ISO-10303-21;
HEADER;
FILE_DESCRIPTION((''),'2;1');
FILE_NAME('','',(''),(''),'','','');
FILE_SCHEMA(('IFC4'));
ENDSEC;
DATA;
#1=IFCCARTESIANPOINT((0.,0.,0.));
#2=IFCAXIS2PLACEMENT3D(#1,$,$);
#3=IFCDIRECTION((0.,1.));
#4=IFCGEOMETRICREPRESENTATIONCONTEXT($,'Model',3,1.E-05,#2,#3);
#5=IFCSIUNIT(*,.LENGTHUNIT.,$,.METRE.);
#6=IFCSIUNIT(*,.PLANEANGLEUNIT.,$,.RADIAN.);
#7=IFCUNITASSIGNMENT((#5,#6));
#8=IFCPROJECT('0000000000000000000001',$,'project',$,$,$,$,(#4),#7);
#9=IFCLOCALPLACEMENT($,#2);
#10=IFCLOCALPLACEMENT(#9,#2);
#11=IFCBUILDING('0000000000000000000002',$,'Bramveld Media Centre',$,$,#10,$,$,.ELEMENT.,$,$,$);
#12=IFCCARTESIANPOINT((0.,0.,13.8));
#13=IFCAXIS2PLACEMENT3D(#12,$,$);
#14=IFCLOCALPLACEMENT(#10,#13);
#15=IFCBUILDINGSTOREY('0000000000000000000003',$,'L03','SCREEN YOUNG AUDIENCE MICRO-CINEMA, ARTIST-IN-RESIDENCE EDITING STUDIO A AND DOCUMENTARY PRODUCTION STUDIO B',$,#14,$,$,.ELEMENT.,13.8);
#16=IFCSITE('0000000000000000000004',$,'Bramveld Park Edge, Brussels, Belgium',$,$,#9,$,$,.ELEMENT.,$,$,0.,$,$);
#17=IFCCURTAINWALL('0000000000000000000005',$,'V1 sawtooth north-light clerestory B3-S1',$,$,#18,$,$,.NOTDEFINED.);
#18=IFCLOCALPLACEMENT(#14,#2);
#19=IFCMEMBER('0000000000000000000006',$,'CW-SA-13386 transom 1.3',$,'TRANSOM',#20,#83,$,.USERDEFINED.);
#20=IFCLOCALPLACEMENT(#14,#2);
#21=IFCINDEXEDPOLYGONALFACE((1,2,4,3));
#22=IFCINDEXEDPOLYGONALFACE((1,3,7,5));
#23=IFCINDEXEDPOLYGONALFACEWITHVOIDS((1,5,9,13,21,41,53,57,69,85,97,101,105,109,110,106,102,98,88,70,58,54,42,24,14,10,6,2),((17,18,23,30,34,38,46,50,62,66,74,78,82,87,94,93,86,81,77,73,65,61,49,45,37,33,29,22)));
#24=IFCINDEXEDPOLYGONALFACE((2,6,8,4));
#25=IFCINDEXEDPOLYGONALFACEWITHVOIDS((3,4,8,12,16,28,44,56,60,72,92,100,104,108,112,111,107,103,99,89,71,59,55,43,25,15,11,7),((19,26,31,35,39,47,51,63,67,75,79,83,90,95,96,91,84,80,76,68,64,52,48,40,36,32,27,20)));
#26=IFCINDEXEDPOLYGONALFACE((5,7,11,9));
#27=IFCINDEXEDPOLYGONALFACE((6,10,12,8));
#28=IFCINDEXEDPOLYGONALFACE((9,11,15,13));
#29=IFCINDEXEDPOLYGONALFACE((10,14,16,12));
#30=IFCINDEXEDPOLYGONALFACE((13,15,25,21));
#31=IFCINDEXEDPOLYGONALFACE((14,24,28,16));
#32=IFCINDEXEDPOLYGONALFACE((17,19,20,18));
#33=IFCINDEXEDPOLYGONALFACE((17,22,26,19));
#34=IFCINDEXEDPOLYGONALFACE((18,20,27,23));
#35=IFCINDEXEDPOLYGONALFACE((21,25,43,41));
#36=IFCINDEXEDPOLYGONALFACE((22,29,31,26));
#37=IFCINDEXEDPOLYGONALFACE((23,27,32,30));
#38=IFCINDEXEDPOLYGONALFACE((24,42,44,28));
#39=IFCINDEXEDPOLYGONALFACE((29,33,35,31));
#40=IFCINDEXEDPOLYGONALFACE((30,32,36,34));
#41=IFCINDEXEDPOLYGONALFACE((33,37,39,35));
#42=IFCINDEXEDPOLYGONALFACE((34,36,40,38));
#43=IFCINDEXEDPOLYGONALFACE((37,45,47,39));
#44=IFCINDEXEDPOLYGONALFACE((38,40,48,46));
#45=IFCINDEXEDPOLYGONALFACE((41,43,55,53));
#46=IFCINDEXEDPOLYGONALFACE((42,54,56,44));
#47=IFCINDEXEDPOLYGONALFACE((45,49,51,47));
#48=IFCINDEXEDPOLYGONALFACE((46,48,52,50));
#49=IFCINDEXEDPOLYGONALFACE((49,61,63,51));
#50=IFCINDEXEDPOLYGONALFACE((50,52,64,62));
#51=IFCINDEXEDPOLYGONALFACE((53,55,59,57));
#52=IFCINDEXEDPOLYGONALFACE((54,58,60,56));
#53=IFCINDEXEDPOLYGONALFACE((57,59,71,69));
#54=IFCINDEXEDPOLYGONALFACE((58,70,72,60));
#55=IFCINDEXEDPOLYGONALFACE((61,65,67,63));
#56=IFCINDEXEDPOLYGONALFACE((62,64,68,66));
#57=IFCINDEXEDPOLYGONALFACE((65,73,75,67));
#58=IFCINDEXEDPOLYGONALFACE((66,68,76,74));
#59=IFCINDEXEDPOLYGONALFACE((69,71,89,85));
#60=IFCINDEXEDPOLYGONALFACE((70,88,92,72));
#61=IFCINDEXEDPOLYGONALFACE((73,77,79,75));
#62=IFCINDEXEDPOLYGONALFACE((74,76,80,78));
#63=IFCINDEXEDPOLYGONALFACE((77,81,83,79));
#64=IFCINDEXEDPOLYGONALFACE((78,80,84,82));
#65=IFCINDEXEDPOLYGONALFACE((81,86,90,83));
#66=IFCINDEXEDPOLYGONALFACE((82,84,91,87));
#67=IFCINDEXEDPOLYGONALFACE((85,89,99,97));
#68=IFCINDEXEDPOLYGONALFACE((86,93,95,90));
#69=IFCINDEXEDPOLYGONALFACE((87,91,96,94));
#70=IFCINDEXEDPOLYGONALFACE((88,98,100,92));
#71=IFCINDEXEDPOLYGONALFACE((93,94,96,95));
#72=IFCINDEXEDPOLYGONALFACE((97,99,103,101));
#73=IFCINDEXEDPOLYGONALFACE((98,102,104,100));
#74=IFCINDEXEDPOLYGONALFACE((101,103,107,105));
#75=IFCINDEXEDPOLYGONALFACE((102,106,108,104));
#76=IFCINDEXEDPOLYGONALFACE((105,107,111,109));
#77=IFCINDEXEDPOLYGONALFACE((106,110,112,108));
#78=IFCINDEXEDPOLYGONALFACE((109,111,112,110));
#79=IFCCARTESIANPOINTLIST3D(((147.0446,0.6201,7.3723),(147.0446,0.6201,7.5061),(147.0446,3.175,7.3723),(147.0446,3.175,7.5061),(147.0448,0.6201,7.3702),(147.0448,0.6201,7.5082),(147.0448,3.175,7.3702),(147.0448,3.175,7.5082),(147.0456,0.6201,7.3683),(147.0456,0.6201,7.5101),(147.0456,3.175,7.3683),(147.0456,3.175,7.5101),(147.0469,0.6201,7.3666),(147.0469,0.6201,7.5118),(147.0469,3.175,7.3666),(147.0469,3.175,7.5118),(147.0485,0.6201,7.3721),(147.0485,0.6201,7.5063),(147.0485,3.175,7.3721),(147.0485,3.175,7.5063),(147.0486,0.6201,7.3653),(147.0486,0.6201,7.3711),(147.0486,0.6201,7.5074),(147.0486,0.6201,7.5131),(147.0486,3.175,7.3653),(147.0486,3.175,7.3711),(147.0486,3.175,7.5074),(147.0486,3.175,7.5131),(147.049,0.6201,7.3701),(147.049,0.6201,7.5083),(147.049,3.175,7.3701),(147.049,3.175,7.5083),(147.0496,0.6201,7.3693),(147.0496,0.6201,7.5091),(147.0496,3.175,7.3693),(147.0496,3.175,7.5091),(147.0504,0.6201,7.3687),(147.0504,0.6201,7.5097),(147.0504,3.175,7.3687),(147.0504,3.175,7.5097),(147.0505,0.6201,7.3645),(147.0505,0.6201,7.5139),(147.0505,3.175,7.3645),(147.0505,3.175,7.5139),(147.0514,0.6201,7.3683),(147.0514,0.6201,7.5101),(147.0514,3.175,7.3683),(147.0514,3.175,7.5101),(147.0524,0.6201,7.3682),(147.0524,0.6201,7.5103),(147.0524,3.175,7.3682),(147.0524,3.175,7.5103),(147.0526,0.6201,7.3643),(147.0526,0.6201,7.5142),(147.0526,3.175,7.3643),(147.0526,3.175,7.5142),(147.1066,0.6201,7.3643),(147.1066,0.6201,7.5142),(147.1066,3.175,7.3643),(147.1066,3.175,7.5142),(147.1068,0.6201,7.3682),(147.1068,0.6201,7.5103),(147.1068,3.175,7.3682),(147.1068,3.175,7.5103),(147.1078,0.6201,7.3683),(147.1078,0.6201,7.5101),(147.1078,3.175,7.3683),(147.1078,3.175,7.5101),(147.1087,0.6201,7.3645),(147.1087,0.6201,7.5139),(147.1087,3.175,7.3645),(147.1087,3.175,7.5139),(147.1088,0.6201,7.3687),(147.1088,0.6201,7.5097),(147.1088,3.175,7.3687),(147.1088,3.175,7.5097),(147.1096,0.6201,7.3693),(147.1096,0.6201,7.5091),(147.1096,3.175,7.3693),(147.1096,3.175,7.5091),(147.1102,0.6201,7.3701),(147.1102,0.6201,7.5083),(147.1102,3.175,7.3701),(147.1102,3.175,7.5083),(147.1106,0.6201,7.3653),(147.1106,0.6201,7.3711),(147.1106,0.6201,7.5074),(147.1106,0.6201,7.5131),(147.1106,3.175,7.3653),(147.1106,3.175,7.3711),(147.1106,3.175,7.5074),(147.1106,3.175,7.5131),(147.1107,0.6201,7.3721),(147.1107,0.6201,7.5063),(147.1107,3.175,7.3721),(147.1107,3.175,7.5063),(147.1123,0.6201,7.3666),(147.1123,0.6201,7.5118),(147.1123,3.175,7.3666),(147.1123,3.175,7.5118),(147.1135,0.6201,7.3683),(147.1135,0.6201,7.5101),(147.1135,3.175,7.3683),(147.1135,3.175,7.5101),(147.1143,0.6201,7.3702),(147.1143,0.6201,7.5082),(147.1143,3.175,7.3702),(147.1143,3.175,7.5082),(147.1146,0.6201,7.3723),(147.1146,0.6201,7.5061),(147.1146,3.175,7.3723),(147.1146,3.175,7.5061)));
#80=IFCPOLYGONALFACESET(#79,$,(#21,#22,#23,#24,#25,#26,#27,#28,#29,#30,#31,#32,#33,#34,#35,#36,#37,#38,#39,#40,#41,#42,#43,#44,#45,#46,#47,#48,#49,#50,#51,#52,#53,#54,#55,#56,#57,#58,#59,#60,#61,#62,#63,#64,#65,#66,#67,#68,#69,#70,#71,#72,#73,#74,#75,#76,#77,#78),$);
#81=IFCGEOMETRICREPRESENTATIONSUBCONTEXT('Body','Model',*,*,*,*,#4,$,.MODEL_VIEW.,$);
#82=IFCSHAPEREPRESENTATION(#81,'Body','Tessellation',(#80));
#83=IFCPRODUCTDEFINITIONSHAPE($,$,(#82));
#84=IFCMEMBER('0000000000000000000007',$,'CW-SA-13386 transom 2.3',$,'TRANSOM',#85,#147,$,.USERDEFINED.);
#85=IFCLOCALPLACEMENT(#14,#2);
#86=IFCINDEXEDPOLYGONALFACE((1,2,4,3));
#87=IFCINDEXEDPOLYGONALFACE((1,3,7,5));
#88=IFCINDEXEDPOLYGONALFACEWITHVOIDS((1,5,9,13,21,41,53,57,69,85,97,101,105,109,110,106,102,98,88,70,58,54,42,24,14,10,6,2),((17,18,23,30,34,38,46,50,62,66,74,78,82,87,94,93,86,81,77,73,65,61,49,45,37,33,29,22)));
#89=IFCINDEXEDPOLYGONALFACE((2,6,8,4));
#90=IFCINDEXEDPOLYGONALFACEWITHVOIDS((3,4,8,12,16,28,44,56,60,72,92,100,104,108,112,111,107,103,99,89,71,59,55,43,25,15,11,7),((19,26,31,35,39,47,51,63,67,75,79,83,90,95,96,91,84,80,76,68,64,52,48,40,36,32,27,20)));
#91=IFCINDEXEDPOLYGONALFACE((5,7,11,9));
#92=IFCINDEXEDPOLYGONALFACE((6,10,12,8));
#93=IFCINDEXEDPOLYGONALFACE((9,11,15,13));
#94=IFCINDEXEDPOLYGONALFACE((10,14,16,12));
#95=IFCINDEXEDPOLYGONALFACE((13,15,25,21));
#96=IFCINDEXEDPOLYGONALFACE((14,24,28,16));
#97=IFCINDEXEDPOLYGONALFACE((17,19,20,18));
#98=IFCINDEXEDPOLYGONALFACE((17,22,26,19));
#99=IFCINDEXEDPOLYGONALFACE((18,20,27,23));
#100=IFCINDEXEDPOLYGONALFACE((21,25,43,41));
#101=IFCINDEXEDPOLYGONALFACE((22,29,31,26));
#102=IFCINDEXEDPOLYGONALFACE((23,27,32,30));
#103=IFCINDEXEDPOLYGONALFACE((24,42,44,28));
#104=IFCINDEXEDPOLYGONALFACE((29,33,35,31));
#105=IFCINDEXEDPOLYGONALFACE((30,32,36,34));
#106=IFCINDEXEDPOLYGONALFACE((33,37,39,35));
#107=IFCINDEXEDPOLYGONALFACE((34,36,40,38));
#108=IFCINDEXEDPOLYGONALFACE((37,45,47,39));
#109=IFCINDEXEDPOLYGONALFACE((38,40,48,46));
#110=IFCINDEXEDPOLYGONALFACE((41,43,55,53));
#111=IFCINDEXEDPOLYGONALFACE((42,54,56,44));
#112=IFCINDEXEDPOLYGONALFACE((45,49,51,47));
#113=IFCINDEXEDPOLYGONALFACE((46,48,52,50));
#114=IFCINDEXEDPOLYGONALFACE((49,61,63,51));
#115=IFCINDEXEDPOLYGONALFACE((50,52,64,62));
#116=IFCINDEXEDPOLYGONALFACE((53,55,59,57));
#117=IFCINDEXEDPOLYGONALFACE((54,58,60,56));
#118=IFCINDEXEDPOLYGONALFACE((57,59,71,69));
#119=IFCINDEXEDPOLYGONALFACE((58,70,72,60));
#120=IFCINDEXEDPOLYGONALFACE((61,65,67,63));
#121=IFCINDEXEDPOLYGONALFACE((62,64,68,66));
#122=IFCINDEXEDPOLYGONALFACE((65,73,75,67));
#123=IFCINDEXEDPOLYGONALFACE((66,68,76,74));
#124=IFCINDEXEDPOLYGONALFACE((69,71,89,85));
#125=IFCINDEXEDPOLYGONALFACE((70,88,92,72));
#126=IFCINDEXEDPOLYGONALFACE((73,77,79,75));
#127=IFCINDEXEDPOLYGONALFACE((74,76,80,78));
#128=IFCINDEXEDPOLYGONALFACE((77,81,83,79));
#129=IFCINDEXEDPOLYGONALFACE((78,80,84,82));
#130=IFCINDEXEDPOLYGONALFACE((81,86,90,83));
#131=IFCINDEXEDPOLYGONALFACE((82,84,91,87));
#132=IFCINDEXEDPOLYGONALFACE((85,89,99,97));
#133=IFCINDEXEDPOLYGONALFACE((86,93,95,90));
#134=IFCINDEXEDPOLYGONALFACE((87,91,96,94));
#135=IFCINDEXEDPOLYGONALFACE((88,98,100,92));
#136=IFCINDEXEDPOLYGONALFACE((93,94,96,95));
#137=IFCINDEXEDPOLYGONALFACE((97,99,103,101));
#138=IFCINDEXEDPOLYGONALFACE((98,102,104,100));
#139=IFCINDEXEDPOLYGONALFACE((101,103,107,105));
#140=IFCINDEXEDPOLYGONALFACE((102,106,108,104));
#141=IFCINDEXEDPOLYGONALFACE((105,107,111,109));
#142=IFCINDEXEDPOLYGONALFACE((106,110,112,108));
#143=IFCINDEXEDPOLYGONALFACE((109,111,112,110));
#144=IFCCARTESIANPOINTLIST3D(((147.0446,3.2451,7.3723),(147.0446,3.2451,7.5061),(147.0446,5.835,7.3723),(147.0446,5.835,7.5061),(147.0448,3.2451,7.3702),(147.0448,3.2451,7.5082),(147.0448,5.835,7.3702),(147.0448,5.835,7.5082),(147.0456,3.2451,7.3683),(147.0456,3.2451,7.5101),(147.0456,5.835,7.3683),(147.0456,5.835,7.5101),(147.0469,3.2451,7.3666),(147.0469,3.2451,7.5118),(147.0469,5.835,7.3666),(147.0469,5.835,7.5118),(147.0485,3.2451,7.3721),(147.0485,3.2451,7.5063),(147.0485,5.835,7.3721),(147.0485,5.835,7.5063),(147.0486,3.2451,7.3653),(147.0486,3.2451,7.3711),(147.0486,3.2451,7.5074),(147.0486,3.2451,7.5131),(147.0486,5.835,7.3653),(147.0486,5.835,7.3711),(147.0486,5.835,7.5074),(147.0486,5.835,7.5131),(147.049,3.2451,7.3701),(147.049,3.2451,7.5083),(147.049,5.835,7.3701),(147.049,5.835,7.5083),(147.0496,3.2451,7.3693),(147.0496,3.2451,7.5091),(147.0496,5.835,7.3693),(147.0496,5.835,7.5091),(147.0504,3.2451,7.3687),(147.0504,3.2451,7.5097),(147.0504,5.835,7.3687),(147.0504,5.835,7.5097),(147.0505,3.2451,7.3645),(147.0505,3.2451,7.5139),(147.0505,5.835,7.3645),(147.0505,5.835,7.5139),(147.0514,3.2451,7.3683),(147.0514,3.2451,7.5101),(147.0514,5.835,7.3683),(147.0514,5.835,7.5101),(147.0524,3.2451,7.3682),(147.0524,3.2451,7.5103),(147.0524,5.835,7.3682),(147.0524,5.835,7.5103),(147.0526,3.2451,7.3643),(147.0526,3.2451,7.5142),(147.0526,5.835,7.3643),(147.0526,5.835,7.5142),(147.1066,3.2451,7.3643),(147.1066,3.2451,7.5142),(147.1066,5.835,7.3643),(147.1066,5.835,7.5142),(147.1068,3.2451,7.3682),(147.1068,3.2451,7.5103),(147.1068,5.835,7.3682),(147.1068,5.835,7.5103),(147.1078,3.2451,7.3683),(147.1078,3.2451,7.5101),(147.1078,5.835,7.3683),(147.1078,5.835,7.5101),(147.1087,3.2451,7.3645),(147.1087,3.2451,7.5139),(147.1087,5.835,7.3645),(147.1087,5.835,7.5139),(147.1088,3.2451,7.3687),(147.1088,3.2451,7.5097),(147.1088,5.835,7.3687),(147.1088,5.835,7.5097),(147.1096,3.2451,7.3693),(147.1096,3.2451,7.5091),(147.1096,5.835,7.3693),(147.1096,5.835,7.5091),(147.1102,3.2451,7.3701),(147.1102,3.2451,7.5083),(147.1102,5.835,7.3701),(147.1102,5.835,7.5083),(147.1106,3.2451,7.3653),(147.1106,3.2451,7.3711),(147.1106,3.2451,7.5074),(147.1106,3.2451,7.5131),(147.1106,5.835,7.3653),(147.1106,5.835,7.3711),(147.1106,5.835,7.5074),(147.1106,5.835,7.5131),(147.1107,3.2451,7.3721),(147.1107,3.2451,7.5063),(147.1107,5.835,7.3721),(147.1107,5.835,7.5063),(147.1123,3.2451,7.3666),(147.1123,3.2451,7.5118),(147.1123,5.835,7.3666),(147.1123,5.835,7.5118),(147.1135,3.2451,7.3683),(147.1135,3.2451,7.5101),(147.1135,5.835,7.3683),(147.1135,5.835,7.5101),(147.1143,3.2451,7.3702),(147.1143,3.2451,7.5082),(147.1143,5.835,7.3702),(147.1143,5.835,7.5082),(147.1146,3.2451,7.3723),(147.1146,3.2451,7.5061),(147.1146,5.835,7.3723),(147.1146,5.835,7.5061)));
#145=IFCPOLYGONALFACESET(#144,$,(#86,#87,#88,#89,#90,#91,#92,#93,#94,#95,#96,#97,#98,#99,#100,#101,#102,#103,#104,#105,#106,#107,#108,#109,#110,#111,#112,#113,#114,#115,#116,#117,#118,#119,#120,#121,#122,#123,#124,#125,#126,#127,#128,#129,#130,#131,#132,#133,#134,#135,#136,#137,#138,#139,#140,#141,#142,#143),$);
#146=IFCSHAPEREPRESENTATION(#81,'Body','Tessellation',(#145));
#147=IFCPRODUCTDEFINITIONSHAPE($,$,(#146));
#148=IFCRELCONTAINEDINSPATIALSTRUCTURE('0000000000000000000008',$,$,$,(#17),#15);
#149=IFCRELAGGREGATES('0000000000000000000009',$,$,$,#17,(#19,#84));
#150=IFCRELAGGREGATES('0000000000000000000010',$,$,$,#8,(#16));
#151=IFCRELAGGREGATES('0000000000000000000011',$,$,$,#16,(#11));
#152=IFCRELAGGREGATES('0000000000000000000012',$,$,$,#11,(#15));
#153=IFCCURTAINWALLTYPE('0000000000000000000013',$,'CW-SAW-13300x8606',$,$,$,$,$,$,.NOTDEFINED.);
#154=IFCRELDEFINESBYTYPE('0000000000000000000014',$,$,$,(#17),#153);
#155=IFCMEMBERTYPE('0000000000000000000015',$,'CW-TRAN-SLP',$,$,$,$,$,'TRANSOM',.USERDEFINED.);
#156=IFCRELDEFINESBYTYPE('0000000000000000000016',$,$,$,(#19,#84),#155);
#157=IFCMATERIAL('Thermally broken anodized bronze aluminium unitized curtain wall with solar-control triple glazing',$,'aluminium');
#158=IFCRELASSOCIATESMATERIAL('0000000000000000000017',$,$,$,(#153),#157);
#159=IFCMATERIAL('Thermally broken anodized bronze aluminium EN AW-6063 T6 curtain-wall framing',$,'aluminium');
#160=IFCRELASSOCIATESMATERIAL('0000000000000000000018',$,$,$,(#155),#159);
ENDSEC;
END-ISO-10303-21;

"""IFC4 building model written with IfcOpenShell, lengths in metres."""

from ifc_helpers import new_model, si_unit, direction, frame, origin, origin_2d, place, context, subcontext, project, spatial, hollow_rectangle, extrude, material, material_profile, profile_set, type_object, element, aggregate, save


model = new_model("IFC4")

# Units and contexts
model_context = context("Model", 3, precision=1e-05, world=origin(), true_north=direction((0.0, 1.0)))
body_context = subcontext(model_context, "Body", "Model", "MODEL_VIEW")
ifc_project = project(units=[si_unit("LENGTHUNIT", "METRE"), si_unit("PLANEANGLEUNIT", "RADIAN")], contexts=[model_context])

# Site, building, storey
site_placement = place(None, origin())
site = spatial("IfcSite", under=ifc_project, at=site_placement, Name="Bramveld Park Edge, Brussels, Belgium", CompositionType="ELEMENT", RefElevation=0.0)
building_placement = place(site_placement, origin())
building = spatial("IfcBuilding", under=site, at=building_placement, Name="Bramveld Media Centre", CompositionType="ELEMENT")
storey_placement = place(building_placement, frame((0.0, 0.0, 13.8)))
storey = spatial("IfcBuildingStorey", under=building, at=storey_placement, Name="L03", Description="SCREEN YOUNG AUDIENCE MICRO-CINEMA, ARTIST-IN-RESIDENCE EDITING STUDIO A AND DOCUMENTARY PRODUCTION STUDIO B", CompositionType="ELEMENT", Elevation=13.8)

# Curtain wall, members
ifc_material_1 = material(Name="Thermally broken anodized bronze aluminium unitized curtain wall with solar-control triple glazing", Category="aluminium")
curtain_wall_type = type_object("IfcCurtainWallType", Name="CW-SAW-13300x8606", PredefinedType="NOTDEFINED", material=ifc_material_1)
ifc_material_2 = material(Name="Thermally broken anodized bronze aluminium EN AW-6063 T6 curtain-wall framing", Category="aluminium")
ifc_material_profile_1 = material_profile(ifc_material_2, hollow_rectangle(XDim=0.0701, YDim=0.1499, WallThickness=0.0039, InnerFilletRadius=0.0039, OuterFilletRadius=0.0081, at=origin_2d()), Name="AL-TRAN 70x150")
ifc_profile_set_1 = profile_set([ifc_material_profile_1], Name="Thermally broken anodized bronze aluminium EN AW-6063 T6 curtain-wall framing")
member_type_1 = type_object("IfcMemberType", Name="CW-TRAN-SLP", ElementType="TRANSOM", PredefinedType="USERDEFINED", material=ifc_profile_set_1)
curtain_wall_1_placement = place(storey_placement, origin())
curtain_wall_1 = element("IfcCurtainWall", 1, at=curtain_wall_1_placement, inside=storey, type_object=curtain_wall_type, Name="V1 sawtooth north-light clerestory B3-S1", PredefinedType="NOTDEFINED")
member_1_placement = place(storey_placement, frame((147.0796, 0.6201, 7.4392), z_axis=(0.0, 1.0, 0.0), x_axis=(-1.0, 0.0, 0.0)))
member_1 = element("IfcMember", 2, at=member_1_placement, type_object=member_type_1, Name="CW-SA-13386 transom 1.3", ObjectType="TRANSOM", PredefinedType="USERDEFINED", context=body_context, shape_type="SweptSolid", body=[
    extrude(hollow_rectangle(XDim=0.0701, YDim=0.1499, WallThickness=0.0039, InnerFilletRadius=0.0039, OuterFilletRadius=0.0081, at=origin_2d()), origin(), (0.0, 0.0, 1.0), 2.5549),
])
member_2_placement = place(storey_placement, frame((147.0796, 3.2451, 7.4392), z_axis=(0.0, 1.0, 0.0), x_axis=(-1.0, 0.0, 0.0)))
member_2 = element("IfcMember", 3, at=member_2_placement, type_object=member_type_1, Name="CW-SA-13386 transom 2.3", ObjectType="TRANSOM", PredefinedType="USERDEFINED", context=body_context, shape_type="SweptSolid", body=[
    extrude(hollow_rectangle(XDim=0.0701, YDim=0.1499, WallThickness=0.0039, InnerFilletRadius=0.0039, OuterFilletRadius=0.0081, at=origin_2d()), origin(), (0.0, 0.0, 1.0), 2.5898),
])

aggregate(curtain_wall_1, [member_1, member_2])

save(model, "model.ifc")
